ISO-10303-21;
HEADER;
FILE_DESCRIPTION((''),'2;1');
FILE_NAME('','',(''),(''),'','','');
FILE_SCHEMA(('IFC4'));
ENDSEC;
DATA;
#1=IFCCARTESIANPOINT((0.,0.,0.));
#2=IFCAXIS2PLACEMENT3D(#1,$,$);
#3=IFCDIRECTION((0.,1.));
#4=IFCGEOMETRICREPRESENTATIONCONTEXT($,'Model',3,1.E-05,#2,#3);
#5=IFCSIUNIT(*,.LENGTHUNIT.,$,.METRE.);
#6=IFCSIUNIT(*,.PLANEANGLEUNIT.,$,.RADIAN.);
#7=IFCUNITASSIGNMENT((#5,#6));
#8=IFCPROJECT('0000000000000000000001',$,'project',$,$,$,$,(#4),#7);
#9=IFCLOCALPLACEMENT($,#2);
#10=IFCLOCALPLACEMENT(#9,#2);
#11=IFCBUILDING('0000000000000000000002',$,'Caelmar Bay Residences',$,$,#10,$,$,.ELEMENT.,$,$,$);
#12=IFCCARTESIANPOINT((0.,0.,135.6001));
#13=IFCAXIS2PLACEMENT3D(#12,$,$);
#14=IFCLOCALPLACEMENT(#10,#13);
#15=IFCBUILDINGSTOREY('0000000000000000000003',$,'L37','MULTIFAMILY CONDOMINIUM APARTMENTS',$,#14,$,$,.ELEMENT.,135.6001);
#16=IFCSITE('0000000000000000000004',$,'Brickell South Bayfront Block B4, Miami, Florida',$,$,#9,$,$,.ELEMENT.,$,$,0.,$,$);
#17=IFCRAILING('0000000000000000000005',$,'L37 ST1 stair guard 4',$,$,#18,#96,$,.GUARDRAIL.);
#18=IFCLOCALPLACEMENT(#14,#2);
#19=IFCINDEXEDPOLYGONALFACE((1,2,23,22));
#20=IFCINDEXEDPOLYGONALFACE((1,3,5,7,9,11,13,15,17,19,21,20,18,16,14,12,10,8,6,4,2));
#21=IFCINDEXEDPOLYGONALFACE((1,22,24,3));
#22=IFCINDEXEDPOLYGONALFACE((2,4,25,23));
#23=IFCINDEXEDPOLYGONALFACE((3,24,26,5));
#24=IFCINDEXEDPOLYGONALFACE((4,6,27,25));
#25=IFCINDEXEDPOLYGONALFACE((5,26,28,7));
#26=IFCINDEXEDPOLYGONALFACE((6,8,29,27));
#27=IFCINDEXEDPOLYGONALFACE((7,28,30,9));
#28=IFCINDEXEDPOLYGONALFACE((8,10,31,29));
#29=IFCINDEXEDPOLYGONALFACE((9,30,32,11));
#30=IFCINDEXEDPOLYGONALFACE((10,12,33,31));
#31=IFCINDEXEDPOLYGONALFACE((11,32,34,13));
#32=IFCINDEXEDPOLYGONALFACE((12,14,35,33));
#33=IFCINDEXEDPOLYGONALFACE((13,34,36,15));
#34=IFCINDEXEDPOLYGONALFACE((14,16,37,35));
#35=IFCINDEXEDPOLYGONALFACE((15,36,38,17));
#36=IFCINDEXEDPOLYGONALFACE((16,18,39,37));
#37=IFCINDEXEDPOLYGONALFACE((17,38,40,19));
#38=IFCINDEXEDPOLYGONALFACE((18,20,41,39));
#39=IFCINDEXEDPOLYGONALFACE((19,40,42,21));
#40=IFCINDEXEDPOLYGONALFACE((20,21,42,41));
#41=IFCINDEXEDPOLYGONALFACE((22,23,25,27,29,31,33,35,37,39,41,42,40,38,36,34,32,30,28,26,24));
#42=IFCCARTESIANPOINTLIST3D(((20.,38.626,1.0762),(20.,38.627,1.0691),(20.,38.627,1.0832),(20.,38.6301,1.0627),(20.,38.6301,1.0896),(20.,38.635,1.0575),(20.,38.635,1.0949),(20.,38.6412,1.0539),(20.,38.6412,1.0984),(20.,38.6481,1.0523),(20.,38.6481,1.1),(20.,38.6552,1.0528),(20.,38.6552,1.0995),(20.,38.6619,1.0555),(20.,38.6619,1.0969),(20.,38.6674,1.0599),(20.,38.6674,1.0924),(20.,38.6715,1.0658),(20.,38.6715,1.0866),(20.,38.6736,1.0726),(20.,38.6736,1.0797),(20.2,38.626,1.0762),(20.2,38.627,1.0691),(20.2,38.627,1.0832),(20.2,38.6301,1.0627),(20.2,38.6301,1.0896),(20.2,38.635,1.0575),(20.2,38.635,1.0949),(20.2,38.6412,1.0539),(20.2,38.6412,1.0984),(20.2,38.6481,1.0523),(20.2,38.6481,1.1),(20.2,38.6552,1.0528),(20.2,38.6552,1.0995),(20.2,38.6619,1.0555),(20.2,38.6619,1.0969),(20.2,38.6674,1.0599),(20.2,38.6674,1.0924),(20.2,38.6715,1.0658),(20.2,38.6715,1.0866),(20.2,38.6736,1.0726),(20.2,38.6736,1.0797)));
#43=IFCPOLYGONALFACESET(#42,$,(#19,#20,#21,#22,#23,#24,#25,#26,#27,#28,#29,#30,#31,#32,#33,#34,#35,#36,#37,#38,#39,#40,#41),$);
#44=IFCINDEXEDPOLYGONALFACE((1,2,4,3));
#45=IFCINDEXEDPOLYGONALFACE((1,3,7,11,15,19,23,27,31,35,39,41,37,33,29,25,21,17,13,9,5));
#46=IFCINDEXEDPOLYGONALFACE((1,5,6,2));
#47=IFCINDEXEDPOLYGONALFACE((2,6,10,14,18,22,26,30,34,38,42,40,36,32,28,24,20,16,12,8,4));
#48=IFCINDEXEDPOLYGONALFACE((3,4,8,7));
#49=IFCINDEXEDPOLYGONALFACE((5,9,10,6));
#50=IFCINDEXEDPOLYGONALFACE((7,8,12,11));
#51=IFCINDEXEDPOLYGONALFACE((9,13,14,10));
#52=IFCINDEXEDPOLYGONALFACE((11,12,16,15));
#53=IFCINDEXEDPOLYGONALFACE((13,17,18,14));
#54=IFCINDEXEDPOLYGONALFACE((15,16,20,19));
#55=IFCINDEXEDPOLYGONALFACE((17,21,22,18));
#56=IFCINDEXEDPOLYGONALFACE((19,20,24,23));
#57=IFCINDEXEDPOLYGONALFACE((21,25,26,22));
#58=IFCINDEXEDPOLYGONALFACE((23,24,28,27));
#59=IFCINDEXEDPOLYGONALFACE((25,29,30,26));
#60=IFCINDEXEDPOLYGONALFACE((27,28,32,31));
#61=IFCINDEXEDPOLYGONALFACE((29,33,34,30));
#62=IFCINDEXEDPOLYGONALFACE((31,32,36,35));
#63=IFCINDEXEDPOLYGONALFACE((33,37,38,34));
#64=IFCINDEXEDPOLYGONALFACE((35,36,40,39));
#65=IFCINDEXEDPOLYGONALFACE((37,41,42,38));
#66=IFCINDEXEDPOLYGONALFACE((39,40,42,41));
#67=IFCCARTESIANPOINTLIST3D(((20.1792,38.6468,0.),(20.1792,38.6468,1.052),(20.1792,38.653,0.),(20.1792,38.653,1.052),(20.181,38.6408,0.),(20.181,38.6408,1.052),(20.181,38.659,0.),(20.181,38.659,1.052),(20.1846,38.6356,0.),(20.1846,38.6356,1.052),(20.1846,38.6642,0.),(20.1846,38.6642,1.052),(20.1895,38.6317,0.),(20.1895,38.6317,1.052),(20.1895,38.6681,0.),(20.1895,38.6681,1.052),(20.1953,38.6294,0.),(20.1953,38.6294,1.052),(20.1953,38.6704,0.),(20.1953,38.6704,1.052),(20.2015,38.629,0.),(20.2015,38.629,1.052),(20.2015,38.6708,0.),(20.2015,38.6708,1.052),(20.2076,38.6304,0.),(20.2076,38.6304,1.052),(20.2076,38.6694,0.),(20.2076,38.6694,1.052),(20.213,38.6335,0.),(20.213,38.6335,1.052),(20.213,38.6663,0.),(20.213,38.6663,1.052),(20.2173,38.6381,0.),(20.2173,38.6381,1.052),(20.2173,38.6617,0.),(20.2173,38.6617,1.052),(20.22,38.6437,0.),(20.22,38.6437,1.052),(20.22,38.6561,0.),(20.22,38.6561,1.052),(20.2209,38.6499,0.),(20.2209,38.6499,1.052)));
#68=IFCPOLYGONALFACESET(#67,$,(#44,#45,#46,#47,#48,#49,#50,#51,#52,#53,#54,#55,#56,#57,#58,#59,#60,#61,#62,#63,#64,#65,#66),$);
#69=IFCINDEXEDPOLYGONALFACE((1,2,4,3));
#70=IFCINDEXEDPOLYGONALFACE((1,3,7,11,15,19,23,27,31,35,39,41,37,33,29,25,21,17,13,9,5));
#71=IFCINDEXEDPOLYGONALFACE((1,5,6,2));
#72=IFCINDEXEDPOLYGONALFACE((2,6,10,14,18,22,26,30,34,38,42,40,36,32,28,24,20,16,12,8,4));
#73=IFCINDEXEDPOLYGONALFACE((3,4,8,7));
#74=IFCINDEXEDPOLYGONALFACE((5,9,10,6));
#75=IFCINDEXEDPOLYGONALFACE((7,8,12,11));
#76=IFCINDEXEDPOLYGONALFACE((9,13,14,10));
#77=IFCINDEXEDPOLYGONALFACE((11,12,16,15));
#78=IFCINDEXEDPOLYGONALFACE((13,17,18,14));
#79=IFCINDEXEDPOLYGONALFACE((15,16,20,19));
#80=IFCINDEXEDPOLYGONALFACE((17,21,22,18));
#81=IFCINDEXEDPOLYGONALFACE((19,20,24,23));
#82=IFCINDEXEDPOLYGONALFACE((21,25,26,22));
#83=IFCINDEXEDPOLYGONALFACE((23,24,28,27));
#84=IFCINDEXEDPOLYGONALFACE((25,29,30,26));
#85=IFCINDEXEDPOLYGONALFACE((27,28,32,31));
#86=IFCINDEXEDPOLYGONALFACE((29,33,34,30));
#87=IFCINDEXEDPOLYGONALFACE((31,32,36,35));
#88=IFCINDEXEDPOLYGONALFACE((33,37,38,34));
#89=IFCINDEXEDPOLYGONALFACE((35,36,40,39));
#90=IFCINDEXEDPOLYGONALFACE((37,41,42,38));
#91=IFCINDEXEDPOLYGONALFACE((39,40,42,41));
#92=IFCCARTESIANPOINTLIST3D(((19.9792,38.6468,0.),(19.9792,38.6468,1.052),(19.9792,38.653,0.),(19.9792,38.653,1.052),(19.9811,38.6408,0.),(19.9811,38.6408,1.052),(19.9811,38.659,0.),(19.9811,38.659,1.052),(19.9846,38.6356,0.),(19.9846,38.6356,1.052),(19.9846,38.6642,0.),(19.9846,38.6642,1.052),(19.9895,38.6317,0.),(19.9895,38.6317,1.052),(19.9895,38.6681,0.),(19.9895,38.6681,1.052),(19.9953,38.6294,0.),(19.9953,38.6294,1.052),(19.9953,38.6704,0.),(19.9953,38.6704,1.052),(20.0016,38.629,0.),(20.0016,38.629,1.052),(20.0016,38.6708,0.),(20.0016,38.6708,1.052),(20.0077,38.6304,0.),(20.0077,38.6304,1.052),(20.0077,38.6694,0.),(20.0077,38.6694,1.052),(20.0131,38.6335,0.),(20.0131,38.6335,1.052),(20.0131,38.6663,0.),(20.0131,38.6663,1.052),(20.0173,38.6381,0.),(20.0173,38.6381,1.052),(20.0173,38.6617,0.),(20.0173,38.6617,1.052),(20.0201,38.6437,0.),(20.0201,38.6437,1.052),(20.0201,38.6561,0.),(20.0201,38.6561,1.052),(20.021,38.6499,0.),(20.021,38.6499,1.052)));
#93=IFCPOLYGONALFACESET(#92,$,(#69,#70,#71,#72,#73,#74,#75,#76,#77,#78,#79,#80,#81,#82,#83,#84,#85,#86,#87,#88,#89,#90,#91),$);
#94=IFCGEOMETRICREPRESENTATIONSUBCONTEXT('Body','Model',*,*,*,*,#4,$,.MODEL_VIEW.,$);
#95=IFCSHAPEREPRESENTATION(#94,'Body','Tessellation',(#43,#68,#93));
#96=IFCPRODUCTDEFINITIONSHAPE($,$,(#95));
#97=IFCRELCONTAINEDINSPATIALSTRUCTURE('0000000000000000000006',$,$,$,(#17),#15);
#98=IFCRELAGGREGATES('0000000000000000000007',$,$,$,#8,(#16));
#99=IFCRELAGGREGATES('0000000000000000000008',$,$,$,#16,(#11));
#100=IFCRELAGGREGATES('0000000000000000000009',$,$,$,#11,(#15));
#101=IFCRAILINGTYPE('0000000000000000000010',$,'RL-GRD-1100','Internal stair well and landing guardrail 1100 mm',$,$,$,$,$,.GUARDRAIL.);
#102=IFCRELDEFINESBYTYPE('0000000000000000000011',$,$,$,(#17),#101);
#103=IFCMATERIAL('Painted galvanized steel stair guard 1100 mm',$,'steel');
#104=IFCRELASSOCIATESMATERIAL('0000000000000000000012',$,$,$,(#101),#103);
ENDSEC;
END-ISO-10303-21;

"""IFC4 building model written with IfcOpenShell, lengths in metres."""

from ifc_helpers import new_model, si_unit, direction, frame, origin, origin_2d, place, context, subcontext, project, spatial, circle, extrude, material, type_object, element, save


model = new_model("IFC4")

# Units and contexts
model_context = context("Model", 3, precision=1e-05, world=origin(), true_north=direction((0.0, 1.0)))
body_context = subcontext(model_context, "Body", "Model", "MODEL_VIEW")
ifc_project = project(units=[si_unit("LENGTHUNIT", "METRE"), si_unit("PLANEANGLEUNIT", "RADIAN")], contexts=[model_context])

# Site, building, storey
site_placement = place(None, origin())
site = spatial("IfcSite", under=ifc_project, at=site_placement, Name="Brickell South Bayfront Block B4, Miami, Florida", CompositionType="ELEMENT", RefElevation=0.0)
building_placement = place(site_placement, origin())
building = spatial("IfcBuilding", under=site, at=building_placement, Name="Caelmar Bay Residences", CompositionType="ELEMENT")
storey_placement = place(building_placement, frame((0.0, 0.0, 135.6001)))
storey = spatial("IfcBuildingStorey", under=building, at=storey_placement, Name="L37", Description="MULTIFAMILY CONDOMINIUM APARTMENTS", CompositionType="ELEMENT", Elevation=135.6001)

# Railing
ifc_material_1 = material(Name="Painted galvanized steel stair guard 1100 mm", Category="steel")
railing_type_1 = type_object("IfcRailingType", Name="RL-GRD-1100", Description="Internal stair well and landing guardrail 1100 mm", PredefinedType="GUARDRAIL", material=ifc_material_1)
railing_1_placement = place(storey_placement, frame((20.2, 38.6499, 0.0)))
element("IfcRailing", 1, at=railing_1_placement, inside=storey, type_object=railing_type_1, Name="L37 ST1 stair guard 4", PredefinedType="GUARDRAIL", context=body_context, shape_type="SweptSolid", body=[
    extrude(circle(Radius=0.0239, at=origin_2d()), frame((0.0, 0.0, 1.0762), z_axis=(-1.0, 0.0, 0.0), x_axis=(0.0, -1.0, 0.0)), (0.0, 0.0, 1.0), 0.2),
    extrude(circle(Radius=0.021, at=origin_2d()), origin(), (0.0, 0.0, 1.0), 1.052),
    extrude(circle(Radius=0.021, at=origin_2d()), frame((-0.2, 0.0, 0.0)), (0.0, 0.0, 1.0), 1.052),
])

save(model, "model.ifc")
